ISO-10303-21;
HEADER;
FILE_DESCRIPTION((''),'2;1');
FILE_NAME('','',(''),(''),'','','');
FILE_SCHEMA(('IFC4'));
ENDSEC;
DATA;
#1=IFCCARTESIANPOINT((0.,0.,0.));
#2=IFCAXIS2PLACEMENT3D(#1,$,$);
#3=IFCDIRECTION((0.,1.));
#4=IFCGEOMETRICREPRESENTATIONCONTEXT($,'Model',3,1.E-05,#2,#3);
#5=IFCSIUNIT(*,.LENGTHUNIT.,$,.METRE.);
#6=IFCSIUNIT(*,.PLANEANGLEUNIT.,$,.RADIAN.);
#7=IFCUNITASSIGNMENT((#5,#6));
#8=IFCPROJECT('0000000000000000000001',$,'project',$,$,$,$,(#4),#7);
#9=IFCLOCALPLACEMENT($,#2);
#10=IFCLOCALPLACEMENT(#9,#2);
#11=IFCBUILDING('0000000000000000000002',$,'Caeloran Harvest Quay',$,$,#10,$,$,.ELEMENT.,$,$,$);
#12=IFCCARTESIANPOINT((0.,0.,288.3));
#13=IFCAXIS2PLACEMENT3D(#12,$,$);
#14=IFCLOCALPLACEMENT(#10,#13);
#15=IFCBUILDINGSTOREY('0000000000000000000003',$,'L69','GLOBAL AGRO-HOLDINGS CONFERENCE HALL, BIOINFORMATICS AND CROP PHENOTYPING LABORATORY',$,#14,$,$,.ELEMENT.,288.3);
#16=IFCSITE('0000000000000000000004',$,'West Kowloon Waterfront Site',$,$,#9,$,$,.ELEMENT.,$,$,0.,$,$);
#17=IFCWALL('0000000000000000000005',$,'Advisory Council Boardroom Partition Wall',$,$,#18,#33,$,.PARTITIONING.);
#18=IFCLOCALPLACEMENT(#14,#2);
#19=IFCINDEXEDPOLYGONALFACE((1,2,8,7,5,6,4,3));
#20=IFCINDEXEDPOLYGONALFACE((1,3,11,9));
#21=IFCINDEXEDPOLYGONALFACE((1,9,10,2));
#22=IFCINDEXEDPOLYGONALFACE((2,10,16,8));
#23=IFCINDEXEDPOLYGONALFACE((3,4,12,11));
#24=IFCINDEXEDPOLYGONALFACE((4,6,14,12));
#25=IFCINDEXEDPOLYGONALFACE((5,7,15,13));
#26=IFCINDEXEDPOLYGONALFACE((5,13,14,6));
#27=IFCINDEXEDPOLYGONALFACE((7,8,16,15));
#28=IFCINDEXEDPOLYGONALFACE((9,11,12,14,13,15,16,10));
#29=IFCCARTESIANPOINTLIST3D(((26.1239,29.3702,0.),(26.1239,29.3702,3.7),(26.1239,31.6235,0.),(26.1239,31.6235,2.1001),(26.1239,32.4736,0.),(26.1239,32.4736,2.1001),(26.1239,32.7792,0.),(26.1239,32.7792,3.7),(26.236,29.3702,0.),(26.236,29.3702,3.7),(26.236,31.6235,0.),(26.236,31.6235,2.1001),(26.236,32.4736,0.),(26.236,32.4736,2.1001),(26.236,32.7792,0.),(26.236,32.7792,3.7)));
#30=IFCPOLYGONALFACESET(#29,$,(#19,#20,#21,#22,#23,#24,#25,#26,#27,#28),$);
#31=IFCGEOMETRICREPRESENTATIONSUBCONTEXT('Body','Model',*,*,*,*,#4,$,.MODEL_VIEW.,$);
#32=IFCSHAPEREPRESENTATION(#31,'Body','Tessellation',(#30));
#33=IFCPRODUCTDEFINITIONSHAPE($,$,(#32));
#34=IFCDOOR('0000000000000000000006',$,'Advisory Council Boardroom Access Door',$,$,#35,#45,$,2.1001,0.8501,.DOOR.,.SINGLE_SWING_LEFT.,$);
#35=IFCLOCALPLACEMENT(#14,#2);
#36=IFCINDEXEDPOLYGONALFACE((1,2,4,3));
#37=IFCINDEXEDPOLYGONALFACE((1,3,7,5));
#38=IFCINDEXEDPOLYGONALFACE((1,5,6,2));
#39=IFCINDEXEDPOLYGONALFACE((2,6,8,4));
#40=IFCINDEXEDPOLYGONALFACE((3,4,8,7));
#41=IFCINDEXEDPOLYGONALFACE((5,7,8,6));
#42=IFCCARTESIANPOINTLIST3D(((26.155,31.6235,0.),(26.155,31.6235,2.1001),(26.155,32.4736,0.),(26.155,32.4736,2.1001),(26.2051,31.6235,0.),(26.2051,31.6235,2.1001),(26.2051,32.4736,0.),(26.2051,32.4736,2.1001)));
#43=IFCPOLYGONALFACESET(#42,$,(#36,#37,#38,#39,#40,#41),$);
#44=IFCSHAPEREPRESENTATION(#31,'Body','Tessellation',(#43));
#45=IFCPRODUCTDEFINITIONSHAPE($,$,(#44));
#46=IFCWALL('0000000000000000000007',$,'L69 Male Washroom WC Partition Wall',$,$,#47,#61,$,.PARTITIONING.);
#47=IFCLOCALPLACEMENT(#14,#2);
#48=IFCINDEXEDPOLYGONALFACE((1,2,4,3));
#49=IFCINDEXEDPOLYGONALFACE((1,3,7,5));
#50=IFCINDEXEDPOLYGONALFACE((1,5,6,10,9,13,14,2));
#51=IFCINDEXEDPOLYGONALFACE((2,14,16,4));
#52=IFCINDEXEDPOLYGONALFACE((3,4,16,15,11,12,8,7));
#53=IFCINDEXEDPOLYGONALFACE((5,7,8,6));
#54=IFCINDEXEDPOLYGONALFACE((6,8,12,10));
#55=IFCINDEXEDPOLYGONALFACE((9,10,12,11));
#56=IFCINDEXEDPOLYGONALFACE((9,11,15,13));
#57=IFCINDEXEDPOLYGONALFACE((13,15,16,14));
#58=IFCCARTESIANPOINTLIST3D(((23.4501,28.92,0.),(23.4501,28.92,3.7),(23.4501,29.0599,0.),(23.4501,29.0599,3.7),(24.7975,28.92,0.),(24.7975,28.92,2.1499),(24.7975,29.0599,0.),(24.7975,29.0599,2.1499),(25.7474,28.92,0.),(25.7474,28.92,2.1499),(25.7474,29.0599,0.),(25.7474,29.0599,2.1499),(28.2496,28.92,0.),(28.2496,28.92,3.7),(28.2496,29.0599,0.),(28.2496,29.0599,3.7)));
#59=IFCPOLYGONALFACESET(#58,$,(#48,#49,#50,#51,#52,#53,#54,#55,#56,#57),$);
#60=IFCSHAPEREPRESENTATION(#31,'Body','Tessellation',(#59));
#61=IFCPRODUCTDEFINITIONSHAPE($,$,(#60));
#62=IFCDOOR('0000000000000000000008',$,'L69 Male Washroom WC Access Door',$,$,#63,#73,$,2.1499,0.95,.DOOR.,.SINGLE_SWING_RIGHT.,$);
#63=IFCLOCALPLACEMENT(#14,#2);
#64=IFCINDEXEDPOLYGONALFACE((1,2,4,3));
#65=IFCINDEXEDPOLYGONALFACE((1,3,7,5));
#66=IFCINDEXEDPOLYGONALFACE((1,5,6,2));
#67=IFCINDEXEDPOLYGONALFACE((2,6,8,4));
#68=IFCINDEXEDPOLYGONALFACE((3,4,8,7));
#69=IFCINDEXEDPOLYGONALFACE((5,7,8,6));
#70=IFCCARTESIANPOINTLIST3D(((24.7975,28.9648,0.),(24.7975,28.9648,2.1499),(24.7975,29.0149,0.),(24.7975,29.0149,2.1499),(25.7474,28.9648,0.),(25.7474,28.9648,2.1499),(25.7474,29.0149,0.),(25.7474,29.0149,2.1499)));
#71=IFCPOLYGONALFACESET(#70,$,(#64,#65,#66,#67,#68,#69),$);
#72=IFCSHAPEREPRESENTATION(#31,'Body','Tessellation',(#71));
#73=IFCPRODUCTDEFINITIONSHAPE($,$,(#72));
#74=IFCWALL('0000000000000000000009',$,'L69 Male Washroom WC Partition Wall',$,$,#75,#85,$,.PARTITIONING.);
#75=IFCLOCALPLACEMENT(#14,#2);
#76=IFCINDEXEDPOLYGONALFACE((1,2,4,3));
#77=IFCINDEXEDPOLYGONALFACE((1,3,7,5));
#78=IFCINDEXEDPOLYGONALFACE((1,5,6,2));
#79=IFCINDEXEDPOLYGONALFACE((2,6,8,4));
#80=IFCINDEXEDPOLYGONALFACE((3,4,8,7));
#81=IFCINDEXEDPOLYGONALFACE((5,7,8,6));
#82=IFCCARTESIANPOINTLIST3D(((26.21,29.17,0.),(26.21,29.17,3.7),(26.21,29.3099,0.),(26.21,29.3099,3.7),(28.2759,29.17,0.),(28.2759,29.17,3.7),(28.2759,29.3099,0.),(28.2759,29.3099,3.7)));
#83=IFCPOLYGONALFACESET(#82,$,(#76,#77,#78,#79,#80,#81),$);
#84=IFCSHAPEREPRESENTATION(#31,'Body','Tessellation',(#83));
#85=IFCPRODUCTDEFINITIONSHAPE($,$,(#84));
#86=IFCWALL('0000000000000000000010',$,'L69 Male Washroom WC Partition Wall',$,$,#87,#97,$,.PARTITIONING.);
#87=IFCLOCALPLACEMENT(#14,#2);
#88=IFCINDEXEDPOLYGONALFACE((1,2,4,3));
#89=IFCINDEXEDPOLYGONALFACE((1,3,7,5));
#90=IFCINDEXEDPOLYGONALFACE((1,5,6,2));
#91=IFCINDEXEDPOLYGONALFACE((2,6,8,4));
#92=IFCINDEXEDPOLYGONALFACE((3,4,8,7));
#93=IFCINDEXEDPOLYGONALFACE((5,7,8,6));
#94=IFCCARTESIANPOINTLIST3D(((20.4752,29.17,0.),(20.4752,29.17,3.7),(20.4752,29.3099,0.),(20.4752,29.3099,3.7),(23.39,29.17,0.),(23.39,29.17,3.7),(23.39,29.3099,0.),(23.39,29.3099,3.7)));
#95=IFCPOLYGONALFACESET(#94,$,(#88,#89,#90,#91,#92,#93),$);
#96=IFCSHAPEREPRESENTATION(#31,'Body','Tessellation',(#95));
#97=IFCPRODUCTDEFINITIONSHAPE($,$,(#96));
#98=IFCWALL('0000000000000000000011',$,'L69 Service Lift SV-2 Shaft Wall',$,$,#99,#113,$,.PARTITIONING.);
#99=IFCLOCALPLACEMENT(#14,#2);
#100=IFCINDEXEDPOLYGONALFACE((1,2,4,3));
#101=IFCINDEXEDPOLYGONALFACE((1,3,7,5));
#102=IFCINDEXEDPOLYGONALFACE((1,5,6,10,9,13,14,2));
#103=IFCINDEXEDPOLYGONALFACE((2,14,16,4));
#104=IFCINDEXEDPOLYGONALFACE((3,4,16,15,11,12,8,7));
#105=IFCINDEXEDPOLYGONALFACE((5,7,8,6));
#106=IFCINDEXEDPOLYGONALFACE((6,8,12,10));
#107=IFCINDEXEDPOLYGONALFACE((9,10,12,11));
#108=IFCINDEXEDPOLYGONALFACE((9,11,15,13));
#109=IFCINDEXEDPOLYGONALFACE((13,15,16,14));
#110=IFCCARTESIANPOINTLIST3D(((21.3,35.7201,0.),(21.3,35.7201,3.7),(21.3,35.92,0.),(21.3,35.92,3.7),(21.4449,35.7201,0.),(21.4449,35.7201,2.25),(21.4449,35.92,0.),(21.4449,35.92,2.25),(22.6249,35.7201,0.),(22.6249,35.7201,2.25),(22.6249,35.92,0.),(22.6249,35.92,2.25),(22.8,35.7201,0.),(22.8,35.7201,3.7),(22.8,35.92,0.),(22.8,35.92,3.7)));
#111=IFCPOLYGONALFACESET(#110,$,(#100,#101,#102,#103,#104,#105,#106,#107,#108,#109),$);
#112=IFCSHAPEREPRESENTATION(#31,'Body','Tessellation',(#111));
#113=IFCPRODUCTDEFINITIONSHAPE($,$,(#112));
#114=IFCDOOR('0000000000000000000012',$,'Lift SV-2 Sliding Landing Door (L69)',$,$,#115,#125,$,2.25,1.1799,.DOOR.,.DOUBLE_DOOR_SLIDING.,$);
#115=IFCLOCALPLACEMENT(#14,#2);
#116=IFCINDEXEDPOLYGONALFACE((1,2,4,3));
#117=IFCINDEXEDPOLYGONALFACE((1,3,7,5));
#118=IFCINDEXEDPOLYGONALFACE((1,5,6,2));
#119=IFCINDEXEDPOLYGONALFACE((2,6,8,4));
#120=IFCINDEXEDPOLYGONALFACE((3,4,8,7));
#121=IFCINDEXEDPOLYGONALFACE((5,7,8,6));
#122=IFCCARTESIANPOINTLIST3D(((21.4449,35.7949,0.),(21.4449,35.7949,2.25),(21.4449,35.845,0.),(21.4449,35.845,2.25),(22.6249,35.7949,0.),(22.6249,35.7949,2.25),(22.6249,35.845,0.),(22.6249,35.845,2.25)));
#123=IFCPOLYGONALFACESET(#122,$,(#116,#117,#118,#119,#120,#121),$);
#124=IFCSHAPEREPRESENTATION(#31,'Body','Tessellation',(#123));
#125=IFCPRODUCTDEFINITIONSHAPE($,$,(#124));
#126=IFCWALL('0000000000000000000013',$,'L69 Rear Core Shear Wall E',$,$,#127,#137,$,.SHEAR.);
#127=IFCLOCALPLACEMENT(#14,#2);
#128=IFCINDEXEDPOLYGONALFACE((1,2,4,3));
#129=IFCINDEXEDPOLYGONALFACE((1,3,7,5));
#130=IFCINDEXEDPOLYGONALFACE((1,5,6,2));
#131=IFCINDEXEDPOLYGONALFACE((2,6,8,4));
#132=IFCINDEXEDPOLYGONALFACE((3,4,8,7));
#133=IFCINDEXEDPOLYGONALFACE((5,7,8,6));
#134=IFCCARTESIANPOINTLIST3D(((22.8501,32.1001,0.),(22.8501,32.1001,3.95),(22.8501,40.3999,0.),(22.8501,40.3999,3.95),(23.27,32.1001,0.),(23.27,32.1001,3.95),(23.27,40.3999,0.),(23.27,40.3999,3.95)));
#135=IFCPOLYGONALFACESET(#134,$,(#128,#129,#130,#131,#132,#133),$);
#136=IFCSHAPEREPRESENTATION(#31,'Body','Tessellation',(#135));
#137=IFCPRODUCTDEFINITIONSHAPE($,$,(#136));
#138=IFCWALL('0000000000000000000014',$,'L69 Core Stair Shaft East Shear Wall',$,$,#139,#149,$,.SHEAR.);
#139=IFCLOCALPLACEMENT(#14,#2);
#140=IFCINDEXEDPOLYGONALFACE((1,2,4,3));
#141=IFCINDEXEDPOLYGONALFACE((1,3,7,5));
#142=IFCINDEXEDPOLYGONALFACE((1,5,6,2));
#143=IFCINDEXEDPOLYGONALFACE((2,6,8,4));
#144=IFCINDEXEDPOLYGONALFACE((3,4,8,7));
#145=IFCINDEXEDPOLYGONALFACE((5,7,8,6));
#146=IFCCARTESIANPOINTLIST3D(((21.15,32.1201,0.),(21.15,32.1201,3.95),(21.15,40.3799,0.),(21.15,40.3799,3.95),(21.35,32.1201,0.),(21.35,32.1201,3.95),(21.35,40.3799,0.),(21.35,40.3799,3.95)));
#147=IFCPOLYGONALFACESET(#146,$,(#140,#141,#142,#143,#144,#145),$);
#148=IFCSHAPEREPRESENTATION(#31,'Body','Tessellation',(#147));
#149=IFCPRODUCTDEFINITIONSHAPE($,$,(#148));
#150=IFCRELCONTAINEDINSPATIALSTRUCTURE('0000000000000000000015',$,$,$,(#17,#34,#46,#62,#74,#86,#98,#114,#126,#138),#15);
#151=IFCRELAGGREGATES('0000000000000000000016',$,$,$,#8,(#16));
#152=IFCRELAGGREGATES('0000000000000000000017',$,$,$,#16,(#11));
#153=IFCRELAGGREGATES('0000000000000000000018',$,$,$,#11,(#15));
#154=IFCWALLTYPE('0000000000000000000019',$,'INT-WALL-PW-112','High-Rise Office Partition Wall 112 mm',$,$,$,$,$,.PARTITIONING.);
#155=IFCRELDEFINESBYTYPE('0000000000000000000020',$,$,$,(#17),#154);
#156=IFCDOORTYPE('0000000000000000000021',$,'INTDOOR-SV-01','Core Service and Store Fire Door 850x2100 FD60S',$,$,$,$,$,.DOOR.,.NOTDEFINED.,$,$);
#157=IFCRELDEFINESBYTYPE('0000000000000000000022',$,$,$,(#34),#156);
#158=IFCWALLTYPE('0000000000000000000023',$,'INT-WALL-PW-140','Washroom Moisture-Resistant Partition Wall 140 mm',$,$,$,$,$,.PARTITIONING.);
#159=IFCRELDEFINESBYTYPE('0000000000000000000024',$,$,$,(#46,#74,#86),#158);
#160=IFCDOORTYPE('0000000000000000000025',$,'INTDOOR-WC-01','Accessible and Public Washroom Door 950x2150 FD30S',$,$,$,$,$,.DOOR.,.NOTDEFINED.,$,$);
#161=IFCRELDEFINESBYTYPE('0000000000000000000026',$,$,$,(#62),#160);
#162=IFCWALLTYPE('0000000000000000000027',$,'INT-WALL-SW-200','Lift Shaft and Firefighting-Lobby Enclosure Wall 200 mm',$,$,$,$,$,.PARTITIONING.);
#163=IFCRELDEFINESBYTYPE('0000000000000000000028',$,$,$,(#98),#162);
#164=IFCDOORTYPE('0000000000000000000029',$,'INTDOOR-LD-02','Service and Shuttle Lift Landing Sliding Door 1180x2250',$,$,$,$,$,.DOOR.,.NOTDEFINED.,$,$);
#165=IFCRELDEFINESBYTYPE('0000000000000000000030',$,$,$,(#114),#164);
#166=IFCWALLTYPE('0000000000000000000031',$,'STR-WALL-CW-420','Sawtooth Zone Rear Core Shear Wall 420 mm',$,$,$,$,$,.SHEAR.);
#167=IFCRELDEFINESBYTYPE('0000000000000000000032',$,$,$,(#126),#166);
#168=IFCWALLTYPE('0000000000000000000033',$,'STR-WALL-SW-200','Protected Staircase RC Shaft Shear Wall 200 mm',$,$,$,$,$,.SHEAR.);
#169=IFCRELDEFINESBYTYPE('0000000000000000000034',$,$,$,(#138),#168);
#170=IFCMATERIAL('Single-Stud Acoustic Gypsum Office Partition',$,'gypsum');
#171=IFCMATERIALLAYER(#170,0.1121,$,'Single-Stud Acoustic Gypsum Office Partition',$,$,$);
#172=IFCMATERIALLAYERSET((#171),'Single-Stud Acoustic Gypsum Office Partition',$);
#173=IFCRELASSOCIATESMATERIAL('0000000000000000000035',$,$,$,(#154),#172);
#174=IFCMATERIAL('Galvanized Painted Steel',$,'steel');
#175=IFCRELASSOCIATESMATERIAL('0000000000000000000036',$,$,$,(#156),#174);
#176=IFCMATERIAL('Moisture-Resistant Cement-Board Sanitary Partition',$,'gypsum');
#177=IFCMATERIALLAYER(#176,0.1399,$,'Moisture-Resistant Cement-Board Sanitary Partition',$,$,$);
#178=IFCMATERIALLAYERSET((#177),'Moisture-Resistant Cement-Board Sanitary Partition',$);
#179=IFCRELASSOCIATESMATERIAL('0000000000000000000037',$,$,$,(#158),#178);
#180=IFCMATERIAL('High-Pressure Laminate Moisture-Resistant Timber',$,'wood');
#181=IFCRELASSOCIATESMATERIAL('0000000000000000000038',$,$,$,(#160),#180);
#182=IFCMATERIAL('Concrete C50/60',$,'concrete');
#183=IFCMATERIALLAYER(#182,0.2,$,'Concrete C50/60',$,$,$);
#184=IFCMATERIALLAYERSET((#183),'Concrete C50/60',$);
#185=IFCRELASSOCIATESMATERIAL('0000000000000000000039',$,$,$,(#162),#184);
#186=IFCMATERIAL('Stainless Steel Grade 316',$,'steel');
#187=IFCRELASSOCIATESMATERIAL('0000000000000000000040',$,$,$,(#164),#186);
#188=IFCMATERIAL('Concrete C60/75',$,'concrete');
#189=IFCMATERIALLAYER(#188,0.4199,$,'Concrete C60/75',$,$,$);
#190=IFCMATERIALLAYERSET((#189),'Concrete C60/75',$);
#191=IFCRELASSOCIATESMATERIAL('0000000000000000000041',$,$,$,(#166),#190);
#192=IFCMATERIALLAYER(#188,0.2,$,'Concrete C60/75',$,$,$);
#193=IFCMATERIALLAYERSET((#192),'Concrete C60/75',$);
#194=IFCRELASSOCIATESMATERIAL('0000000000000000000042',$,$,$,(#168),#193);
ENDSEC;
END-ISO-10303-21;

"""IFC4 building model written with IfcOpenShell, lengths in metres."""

from ifc_helpers import new_model, si_unit, direction, frame, frame_2d, origin, place, context, subcontext, project, spatial, rectangle, extrude, material, layer, layer_set, type_object, element, fill, save


model = new_model("IFC4")

# Units and contexts
model_context = context("Model", 3, precision=1e-05, world=origin(), true_north=direction((0.0, 1.0)))
body_context = subcontext(model_context, "Body", "Model", "MODEL_VIEW")
ifc_project = project(units=[si_unit("LENGTHUNIT", "METRE"), si_unit("PLANEANGLEUNIT", "RADIAN")], contexts=[model_context])

# Site, building, storey
site_placement = place(None, origin())
site = spatial("IfcSite", under=ifc_project, at=site_placement, Name="West Kowloon Waterfront Site", CompositionType="ELEMENT", RefElevation=0.0)
building_placement = place(site_placement, origin())
building = spatial("IfcBuilding", under=site, at=building_placement, Name="Caeloran Harvest Quay", CompositionType="ELEMENT")
storey_placement = place(building_placement, frame((0.0, 0.0, 288.3)))
storey = spatial("IfcBuildingStorey", under=building, at=storey_placement, Name="L69", Description="GLOBAL AGRO-HOLDINGS CONFERENCE HALL, BIOINFORMATICS AND CROP PHENOTYPING LABORATORY", CompositionType="ELEMENT", Elevation=288.3)

# Shared definitions
ifc_material_1 = material(Name="Concrete C60/75", Category="concrete")

# Shared definitions
ifc_material_2 = material(Name="Single-Stud Acoustic Gypsum Office Partition", Category="gypsum")
ifc_layer_1 = layer(ifc_material_2, 0.1121, Name="Single-Stud Acoustic Gypsum Office Partition")
ifc_layer_set_1 = layer_set([ifc_layer_1], Name="Single-Stud Acoustic Gypsum Office Partition")
wall_type_1 = type_object("IfcWallType", Name="INT-WALL-PW-112", Description="High-Rise Office Partition Wall 112 mm", PredefinedType="PARTITIONING", material=ifc_layer_set_1)

# Walls, openings, doors
wall_1_placement = place(storey_placement, frame((26.1799, 29.3701, 0.0), z_axis=(0.0, 0.0, 1.0), x_axis=(0.0, 1.0, 0.0)))
wall_1 = element("IfcWall", 1, at=wall_1_placement, inside=storey, type_object=wall_type_1, Name="Advisory Council Boardroom Partition Wall", PredefinedType="PARTITIONING", context=body_context, shape_type="SweptSolid", body=[
    extrude(rectangle(XDim=3.4089, YDim=0.1121, at=frame_2d((1.7046, 0.0))), origin(), (0.0, 0.0, 1.0), 3.7),
])
opening_1_placement = place(wall_1_placement, frame((2.2534, 0.0, 0.0)))
opening_1 = element("IfcOpeningElement", 2, at=opening_1_placement, cuts=wall_1, PredefinedType="OPENING", context=body_context, shape_type="SweptSolid", body=[
    extrude(rectangle(XDim=0.8501, YDim=2.1001, at=frame_2d((0.425, 1.05))), frame((0.0, 0.0659, 0.0), z_axis=(0.0, -1.0, 0.0), x_axis=(1.0, 0.0, 0.0)), (0.0, 0.0, 1.0), 0.1321),
])
ifc_material_3 = material(Name="Galvanized Painted Steel", Category="steel")
door_type_1 = type_object("IfcDoorType", Name="INTDOOR-SV-01", Description="Core Service and Store Fire Door 850x2100 FD60S", OperationType="NOTDEFINED", PredefinedType="DOOR", material=ifc_material_3)
door_1_placement = place(opening_1_placement, origin())
door_1 = element("IfcDoor", 3, at=door_1_placement, inside=storey, type_object=door_type_1, Name="Advisory Council Boardroom Access Door", OperationType="SINGLE_SWING_LEFT", OverallHeight=2.1001, OverallWidth=0.8501, PredefinedType="DOOR", context=body_context, shape_type="SweptSolid", body=[
    extrude(rectangle(XDim=0.8501, YDim=2.1001, at=frame_2d((0.425, 1.05))), frame((0.0, 0.0249, 0.0), z_axis=(0.0, -1.0, 0.0), x_axis=(1.0, 0.0, 0.0)), (0.0, 0.0, 1.0), 0.05),
])
fill(opening_1, door_1)
ifc_material_4 = material(Name="Moisture-Resistant Cement-Board Sanitary Partition", Category="gypsum")
ifc_layer_2 = layer(ifc_material_4, 0.1399, Name="Moisture-Resistant Cement-Board Sanitary Partition")
ifc_layer_set_2 = layer_set([ifc_layer_2], Name="Moisture-Resistant Cement-Board Sanitary Partition")
wall_type_2 = type_object("IfcWallType", Name="INT-WALL-PW-140", Description="Washroom Moisture-Resistant Partition Wall 140 mm", PredefinedType="PARTITIONING", material=ifc_layer_set_2)
wall_2_placement = place(storey_placement, frame((23.45, 28.99, 0.0), z_axis=(0.0, 0.0, 1.0), x_axis=(1.0, 0.0, 0.0)))
wall_2 = element("IfcWall", 4, at=wall_2_placement, inside=storey, type_object=wall_type_2, Name="L69 Male Washroom WC Partition Wall", PredefinedType="PARTITIONING", context=body_context, shape_type="SweptSolid", body=[
    extrude(rectangle(XDim=4.7996, YDim=0.1399, at=frame_2d((2.3999, 0.0))), origin(), (0.0, 0.0, 1.0), 3.7),
])
opening_2_placement = place(wall_2_placement, frame((1.3474, 0.0, 0.0)))
opening_2 = element("IfcOpeningElement", 5, at=opening_2_placement, cuts=wall_2, PredefinedType="OPENING", context=body_context, shape_type="SweptSolid", body=[
    extrude(rectangle(XDim=0.95, YDim=2.1499, at=frame_2d((0.4751, 1.075))), frame((0.0, 0.0801, 0.0), z_axis=(0.0, -1.0, 0.0), x_axis=(1.0, 0.0, 0.0)), (0.0, 0.0, 1.0), 0.1599),
])
ifc_material_5 = material(Name="High-Pressure Laminate Moisture-Resistant Timber", Category="wood")
door_type_2 = type_object("IfcDoorType", Name="INTDOOR-WC-01", Description="Accessible and Public Washroom Door 950x2150 FD30S", OperationType="NOTDEFINED", PredefinedType="DOOR", material=ifc_material_5)
door_2_placement = place(opening_2_placement, origin())
door_2 = element("IfcDoor", 6, at=door_2_placement, inside=storey, type_object=door_type_2, Name="L69 Male Washroom WC Access Door", OperationType="SINGLE_SWING_RIGHT", OverallHeight=2.1499, OverallWidth=0.95, PredefinedType="DOOR", context=body_context, shape_type="SweptSolid", body=[
    extrude(rectangle(XDim=0.95, YDim=2.1499, at=frame_2d((0.4751, 1.075))), frame((0.0, 0.0249, 0.0), z_axis=(0.0, -1.0, 0.0), x_axis=(1.0, 0.0, 0.0)), (0.0, 0.0, 1.0), 0.05),
])
fill(opening_2, door_2)

# Walls
wall_3_placement = place(storey_placement, frame((26.21, 29.24, 0.0), z_axis=(0.0, 0.0, 1.0), x_axis=(1.0, 0.0, 0.0)))
element("IfcWall", 7, at=wall_3_placement, inside=storey, type_object=wall_type_2, Name="L69 Male Washroom WC Partition Wall", PredefinedType="PARTITIONING", context=body_context, shape_type="SweptSolid", body=[
    extrude(rectangle(XDim=2.0659, YDim=0.1399, at=frame_2d((1.033, 0.0))), origin(), (0.0, 0.0, 1.0), 3.7),
])
wall_4_placement = place(storey_placement, frame((20.4751, 29.24, 0.0), z_axis=(0.0, 0.0, 1.0), x_axis=(1.0, 0.0, 0.0)))
element("IfcWall", 8, at=wall_4_placement, inside=storey, type_object=wall_type_2, Name="L69 Male Washroom WC Partition Wall", PredefinedType="PARTITIONING", context=body_context, shape_type="SweptSolid", body=[
    extrude(rectangle(XDim=2.9148, YDim=0.1399, at=frame_2d((1.4575, 0.0))), origin(), (0.0, 0.0, 1.0), 3.7),
])

# Wall, opening, door
ifc_material_6 = material(Name="Concrete C50/60", Category="concrete")
ifc_layer_3 = layer(ifc_material_6, 0.2, Name="Concrete C50/60")
ifc_layer_set_3 = layer_set([ifc_layer_3], Name="Concrete C50/60")
wall_type_3 = type_object("IfcWallType", Name="INT-WALL-SW-200", Description="Lift Shaft and Firefighting-Lobby Enclosure Wall 200 mm", PredefinedType="PARTITIONING", material=ifc_layer_set_3)
wall_5_placement = place(storey_placement, frame((21.3, 35.8201, 0.0), z_axis=(0.0, 0.0, 1.0), x_axis=(1.0, 0.0, 0.0)))
wall_5 = element("IfcWall", 9, at=wall_5_placement, inside=storey, type_object=wall_type_3, Name="L69 Service Lift SV-2 Shaft Wall", PredefinedType="PARTITIONING", context=body_context, shape_type="SweptSolid", body=[
    extrude(rectangle(XDim=1.5, YDim=0.2, at=frame_2d((0.75, 0.0))), origin(), (0.0, 0.0, 1.0), 3.7),
])
opening_3_placement = place(wall_5_placement, frame((0.145, 0.0, 0.0)))
opening_3 = element("IfcOpeningElement", 10, at=opening_3_placement, cuts=wall_5, PredefinedType="OPENING", context=body_context, shape_type="SweptSolid", body=[
    extrude(rectangle(XDim=1.1799, YDim=2.25, at=frame_2d((0.5898, 1.125))), frame((0.0, 0.1099, 0.0), z_axis=(0.0, -1.0, 0.0), x_axis=(1.0, 0.0, 0.0)), (0.0, 0.0, 1.0), 0.22),
])
ifc_material_7 = material(Name="Stainless Steel Grade 316", Category="steel")
door_type_3 = type_object("IfcDoorType", Name="INTDOOR-LD-02", Description="Service and Shuttle Lift Landing Sliding Door 1180x2250", OperationType="NOTDEFINED", PredefinedType="DOOR", material=ifc_material_7)
door_3_placement = place(opening_3_placement, origin())
door_3 = element("IfcDoor", 11, at=door_3_placement, inside=storey, type_object=door_type_3, Name="Lift SV-2 Sliding Landing Door (L69)", OperationType="DOUBLE_DOOR_SLIDING", OverallHeight=2.25, OverallWidth=1.1799, PredefinedType="DOOR", context=body_context, shape_type="SweptSolid", body=[
    extrude(rectangle(XDim=1.1799, YDim=2.25, at=frame_2d((0.5898, 1.125))), frame((0.0, 0.0249, 0.0), z_axis=(0.0, -1.0, 0.0), x_axis=(1.0, 0.0, 0.0)), (0.0, 0.0, 1.0), 0.05),
])
fill(opening_3, door_3)

# Walls
ifc_layer_4 = layer(ifc_material_1, 0.4199, Name="Concrete C60/75")
ifc_layer_set_4 = layer_set([ifc_layer_4], Name="Concrete C60/75")
wall_type_4 = type_object("IfcWallType", Name="STR-WALL-CW-420", Description="Sawtooth Zone Rear Core Shear Wall 420 mm", PredefinedType="SHEAR", material=ifc_layer_set_4)
wall_6_placement = place(storey_placement, frame((23.0601, 32.1001, 0.0), z_axis=(0.0, 0.0, 1.0), x_axis=(0.0, 1.0, 0.0)))
element("IfcWall", 12, at=wall_6_placement, inside=storey, type_object=wall_type_4, Name="L69 Rear Core Shear Wall E", PredefinedType="SHEAR", context=body_context, shape_type="SweptSolid", body=[
    extrude(rectangle(XDim=8.2998, YDim=0.4199, at=frame_2d((4.1499, 0.0))), origin(), (0.0, 0.0, 1.0), 3.95),
])
ifc_layer_5 = layer(ifc_material_1, 0.2, Name="Concrete C60/75")
ifc_layer_set_5 = layer_set([ifc_layer_5], Name="Concrete C60/75")
wall_type_5 = type_object("IfcWallType", Name="STR-WALL-SW-200", Description="Protected Staircase RC Shaft Shear Wall 200 mm", PredefinedType="SHEAR", material=ifc_layer_set_5)
wall_7_placement = place(storey_placement, frame((21.25, 32.1201, 0.0), z_axis=(0.0, 0.0, 1.0), x_axis=(0.0, 1.0, 0.0)))
element("IfcWall", 13, at=wall_7_placement, inside=storey, type_object=wall_type_5, Name="L69 Core Stair Shaft East Shear Wall", PredefinedType="SHEAR", context=body_context, shape_type="SweptSolid", body=[
    extrude(rectangle(XDim=8.2598, YDim=0.2, at=frame_2d((4.1299, 0.0))), origin(), (0.0, 0.0, 1.0), 3.95),
])

save(model, "model.ifc")
